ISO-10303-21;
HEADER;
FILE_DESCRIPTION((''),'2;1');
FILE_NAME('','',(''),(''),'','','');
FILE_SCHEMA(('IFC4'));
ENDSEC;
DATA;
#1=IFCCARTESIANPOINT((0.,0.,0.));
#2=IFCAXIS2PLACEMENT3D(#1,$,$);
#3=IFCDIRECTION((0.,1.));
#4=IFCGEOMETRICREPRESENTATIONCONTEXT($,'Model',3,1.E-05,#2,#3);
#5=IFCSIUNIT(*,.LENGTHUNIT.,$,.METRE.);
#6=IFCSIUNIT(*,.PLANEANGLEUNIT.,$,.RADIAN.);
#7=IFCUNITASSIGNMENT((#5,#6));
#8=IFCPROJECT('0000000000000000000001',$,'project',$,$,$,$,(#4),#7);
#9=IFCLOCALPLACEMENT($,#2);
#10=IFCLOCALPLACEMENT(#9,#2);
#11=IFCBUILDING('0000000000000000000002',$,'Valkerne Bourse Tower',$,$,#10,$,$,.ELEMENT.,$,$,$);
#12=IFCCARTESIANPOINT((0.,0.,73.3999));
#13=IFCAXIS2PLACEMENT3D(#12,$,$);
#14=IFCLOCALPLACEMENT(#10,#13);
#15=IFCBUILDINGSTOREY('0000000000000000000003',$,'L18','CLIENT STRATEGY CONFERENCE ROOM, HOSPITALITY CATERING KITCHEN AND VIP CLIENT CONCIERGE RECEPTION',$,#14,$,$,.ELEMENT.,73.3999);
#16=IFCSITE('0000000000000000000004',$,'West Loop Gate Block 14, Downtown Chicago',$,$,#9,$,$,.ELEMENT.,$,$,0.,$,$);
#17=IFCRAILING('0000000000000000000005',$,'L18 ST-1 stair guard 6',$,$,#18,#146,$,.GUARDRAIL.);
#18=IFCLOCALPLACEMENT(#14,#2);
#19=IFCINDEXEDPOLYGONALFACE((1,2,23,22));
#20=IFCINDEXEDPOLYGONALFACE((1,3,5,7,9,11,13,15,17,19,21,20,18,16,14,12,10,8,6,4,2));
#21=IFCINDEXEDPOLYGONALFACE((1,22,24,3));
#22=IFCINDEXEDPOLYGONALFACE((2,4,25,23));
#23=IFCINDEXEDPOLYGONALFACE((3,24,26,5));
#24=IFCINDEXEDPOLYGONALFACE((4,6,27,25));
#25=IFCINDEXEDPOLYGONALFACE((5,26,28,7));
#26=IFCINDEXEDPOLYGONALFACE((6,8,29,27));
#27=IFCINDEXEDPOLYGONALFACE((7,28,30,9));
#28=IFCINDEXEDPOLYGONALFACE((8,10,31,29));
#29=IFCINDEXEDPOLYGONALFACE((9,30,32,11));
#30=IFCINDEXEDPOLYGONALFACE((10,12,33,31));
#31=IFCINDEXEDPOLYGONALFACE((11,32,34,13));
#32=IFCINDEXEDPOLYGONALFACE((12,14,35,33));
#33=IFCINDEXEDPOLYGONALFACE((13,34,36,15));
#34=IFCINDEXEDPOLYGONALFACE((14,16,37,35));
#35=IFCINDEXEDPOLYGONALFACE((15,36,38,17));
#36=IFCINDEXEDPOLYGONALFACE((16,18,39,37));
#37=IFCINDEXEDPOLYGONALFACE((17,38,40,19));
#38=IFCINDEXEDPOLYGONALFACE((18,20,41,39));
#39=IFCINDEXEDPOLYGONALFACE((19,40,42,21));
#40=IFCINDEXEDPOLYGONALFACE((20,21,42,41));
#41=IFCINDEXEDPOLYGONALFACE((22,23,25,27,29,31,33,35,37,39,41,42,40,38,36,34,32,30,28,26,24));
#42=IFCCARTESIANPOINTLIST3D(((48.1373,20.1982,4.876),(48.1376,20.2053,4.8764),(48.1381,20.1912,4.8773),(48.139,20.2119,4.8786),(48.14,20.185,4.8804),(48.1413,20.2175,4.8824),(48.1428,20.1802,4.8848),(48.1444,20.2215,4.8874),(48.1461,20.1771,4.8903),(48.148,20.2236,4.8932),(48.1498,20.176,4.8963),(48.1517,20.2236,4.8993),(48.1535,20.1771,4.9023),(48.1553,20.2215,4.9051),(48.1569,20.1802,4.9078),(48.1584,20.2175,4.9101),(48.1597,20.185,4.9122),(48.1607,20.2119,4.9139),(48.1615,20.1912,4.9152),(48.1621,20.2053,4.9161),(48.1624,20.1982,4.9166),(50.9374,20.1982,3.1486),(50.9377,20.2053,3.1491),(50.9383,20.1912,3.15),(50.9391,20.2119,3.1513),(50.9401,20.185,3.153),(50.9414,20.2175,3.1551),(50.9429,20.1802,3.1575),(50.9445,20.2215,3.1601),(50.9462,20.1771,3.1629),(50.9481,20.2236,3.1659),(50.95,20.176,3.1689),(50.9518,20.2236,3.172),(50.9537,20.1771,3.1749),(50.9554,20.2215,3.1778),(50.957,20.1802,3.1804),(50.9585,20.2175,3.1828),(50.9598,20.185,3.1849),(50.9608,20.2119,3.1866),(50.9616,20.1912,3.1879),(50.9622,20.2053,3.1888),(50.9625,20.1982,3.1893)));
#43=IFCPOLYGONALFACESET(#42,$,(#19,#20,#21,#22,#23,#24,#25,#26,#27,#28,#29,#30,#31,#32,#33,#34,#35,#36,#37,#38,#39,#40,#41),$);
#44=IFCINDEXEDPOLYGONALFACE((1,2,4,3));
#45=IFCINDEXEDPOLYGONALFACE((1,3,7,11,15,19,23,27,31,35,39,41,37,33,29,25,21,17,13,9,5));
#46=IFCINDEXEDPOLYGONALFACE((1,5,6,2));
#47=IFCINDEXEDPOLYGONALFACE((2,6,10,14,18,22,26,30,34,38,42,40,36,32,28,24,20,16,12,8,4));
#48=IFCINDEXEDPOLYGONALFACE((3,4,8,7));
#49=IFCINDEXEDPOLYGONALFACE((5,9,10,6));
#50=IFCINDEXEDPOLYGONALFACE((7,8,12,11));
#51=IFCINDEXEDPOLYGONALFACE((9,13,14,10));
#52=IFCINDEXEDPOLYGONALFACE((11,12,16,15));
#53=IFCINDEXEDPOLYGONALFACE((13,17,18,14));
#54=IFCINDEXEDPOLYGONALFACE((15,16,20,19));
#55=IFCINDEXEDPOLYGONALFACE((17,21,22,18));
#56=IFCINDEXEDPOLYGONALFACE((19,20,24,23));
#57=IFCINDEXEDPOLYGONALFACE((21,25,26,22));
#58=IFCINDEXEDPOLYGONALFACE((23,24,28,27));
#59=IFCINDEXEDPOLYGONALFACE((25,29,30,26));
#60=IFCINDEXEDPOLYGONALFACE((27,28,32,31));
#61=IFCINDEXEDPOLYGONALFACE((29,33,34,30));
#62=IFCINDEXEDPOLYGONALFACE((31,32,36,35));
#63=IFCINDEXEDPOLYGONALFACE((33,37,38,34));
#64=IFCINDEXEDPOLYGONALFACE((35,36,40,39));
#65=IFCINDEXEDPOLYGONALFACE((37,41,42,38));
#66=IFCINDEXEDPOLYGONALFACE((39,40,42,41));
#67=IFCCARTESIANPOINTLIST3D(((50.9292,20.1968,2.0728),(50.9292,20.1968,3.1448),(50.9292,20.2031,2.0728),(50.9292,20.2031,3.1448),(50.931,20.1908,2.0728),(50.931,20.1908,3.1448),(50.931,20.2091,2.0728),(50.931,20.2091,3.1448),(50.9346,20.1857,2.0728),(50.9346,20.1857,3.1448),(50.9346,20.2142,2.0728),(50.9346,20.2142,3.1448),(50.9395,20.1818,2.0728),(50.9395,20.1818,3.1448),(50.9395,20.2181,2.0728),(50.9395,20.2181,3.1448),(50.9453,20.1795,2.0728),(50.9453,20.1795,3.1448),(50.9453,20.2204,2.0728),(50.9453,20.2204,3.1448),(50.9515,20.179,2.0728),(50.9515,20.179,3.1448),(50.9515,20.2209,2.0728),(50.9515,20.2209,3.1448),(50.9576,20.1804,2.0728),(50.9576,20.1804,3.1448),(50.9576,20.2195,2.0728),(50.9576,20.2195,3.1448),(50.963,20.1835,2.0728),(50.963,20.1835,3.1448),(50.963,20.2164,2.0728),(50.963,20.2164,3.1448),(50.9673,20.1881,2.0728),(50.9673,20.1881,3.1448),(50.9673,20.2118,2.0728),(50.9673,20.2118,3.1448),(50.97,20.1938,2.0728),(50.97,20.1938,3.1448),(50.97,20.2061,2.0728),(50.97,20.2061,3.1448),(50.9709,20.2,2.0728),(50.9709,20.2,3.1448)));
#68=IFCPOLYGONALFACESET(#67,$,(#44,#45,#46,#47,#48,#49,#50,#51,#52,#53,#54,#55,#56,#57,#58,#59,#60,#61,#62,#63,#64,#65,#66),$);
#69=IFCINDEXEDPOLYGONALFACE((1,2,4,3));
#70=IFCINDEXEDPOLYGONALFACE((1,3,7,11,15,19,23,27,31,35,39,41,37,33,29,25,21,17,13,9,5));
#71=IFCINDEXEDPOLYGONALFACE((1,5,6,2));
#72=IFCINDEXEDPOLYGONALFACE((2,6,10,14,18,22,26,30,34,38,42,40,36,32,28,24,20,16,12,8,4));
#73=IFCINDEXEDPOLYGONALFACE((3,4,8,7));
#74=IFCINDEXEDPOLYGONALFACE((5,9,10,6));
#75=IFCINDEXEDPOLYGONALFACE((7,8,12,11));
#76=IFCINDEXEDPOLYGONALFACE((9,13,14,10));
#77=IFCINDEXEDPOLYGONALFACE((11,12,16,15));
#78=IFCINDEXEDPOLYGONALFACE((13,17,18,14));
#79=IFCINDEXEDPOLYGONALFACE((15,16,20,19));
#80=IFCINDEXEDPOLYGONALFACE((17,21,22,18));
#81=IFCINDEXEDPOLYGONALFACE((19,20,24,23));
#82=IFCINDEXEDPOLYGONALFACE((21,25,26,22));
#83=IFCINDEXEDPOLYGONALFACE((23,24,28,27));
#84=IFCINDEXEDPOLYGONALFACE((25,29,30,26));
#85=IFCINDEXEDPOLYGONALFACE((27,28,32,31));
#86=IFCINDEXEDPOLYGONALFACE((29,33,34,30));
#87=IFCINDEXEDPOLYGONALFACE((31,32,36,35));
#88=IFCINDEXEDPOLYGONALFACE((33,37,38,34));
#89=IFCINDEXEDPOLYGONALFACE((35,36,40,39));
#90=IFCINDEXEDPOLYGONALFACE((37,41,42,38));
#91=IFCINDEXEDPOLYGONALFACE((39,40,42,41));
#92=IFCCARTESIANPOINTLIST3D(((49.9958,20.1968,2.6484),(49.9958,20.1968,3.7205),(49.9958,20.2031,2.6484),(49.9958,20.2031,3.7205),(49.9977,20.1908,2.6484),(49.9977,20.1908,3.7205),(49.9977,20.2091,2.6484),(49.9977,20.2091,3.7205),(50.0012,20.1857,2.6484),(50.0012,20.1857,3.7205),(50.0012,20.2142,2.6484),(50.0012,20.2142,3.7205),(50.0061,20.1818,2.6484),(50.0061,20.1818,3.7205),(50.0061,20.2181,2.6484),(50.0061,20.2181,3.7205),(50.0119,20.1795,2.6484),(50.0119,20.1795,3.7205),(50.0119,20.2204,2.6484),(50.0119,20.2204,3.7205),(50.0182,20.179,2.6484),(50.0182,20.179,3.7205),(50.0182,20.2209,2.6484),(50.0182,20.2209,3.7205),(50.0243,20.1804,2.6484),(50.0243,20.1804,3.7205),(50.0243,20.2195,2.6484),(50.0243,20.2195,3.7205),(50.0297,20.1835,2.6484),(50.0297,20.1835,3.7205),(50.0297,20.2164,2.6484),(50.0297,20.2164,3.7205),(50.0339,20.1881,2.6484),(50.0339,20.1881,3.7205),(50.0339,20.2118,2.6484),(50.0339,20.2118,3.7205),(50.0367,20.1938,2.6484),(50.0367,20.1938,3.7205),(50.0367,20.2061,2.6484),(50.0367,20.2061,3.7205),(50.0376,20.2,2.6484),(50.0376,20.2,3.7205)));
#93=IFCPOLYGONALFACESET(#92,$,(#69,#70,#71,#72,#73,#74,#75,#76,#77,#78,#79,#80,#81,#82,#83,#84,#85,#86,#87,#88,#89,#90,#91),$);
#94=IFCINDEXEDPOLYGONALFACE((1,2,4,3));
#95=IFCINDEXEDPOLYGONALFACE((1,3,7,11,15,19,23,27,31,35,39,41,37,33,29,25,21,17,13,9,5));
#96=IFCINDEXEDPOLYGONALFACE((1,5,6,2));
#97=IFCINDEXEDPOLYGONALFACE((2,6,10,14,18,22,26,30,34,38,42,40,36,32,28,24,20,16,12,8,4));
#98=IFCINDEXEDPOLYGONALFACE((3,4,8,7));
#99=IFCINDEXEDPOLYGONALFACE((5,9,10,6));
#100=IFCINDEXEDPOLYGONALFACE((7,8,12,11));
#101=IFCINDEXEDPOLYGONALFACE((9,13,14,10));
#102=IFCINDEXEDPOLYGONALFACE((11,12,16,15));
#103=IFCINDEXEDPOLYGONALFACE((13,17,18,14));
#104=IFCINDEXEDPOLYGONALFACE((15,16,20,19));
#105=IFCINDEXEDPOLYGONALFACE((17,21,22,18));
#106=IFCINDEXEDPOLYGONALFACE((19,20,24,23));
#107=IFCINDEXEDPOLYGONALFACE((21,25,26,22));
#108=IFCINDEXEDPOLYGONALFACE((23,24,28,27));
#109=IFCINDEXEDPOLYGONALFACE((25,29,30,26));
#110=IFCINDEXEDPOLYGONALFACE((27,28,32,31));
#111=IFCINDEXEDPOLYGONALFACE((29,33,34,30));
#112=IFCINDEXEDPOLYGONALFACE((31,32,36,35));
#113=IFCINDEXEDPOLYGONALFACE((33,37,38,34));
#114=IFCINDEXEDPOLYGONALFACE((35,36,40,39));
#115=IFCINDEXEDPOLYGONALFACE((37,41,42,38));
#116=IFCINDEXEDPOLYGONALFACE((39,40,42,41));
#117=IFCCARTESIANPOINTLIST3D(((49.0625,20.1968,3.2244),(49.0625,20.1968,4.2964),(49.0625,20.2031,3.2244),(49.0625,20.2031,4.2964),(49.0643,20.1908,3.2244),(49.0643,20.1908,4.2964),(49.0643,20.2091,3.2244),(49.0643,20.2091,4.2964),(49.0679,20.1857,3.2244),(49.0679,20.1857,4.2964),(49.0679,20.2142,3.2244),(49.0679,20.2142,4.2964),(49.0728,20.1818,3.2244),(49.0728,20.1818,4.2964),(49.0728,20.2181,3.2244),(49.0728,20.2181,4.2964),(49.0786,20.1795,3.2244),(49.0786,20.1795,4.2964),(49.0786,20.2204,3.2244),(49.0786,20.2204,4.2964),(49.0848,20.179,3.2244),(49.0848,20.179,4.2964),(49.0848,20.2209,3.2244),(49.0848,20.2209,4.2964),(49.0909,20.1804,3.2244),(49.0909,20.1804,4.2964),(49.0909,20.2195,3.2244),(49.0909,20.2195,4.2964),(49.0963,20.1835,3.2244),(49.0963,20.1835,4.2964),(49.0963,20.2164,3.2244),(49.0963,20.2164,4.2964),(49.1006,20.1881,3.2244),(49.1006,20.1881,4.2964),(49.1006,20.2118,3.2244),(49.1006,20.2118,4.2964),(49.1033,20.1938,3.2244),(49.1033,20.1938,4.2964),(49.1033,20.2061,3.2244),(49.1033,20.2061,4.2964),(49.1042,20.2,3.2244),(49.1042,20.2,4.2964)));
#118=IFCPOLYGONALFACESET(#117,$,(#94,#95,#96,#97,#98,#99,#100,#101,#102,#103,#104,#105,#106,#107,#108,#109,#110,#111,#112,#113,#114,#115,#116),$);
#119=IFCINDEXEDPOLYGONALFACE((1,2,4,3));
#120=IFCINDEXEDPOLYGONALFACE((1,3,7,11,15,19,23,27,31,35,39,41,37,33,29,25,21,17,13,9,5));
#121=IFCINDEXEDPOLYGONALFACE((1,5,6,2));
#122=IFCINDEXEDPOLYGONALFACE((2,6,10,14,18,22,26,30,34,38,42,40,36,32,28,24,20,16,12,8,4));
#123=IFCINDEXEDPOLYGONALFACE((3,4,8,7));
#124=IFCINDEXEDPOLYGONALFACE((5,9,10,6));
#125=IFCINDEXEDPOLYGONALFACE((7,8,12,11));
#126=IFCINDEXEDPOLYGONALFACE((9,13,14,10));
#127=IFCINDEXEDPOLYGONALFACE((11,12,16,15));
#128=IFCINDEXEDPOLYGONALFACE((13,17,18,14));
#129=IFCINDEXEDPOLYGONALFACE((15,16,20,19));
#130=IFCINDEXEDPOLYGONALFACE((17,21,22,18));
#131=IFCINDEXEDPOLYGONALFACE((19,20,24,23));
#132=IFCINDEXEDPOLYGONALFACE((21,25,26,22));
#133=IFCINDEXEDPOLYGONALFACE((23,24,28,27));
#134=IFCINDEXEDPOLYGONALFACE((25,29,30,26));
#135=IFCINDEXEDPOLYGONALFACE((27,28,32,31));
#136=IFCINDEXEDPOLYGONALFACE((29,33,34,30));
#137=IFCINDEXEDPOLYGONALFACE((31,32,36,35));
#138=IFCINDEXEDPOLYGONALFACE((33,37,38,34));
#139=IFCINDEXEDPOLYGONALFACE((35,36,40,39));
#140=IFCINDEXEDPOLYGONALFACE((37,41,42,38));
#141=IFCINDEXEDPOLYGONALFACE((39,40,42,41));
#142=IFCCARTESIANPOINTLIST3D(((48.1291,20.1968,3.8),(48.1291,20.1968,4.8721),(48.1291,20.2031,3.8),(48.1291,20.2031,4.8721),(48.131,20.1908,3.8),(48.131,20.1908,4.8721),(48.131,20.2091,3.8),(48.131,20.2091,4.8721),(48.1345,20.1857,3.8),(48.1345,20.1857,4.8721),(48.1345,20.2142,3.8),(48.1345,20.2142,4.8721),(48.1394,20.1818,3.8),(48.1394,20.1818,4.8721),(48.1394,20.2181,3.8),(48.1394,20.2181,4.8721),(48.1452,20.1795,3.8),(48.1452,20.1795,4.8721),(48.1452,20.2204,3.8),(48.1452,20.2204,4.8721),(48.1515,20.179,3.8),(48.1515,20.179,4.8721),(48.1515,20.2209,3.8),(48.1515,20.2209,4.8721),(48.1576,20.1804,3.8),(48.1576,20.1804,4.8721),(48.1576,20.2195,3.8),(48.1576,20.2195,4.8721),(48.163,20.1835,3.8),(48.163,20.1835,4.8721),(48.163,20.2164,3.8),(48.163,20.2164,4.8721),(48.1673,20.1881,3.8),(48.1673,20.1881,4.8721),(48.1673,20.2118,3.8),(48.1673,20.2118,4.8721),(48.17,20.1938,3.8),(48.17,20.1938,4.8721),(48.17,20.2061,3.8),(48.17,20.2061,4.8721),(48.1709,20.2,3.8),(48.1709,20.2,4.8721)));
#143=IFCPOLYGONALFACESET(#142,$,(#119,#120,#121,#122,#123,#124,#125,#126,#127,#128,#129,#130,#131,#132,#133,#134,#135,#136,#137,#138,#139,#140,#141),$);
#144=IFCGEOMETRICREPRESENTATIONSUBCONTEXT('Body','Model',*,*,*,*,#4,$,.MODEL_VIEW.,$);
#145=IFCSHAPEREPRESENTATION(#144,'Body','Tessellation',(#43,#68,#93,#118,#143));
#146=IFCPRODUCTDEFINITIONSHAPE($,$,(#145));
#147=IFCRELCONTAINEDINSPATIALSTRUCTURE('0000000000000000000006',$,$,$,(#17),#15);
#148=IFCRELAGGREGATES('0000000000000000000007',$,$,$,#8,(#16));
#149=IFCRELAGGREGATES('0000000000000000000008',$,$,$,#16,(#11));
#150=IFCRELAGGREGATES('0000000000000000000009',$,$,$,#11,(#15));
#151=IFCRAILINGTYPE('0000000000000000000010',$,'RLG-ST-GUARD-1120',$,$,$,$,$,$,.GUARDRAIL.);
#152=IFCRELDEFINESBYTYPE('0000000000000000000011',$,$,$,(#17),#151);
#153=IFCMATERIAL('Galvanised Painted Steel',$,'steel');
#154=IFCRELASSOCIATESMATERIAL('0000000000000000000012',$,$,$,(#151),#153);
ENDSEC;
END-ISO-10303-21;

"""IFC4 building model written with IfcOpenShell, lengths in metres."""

from ifc_helpers import new_model, si_unit, direction, frame, origin, origin_2d, place, context, subcontext, project, spatial, circle, extrude, material, type_object, element, save


model = new_model("IFC4")

# Units and contexts
model_context = context("Model", 3, precision=1e-05, world=origin(), true_north=direction((0.0, 1.0)))
body_context = subcontext(model_context, "Body", "Model", "MODEL_VIEW")
ifc_project = project(units=[si_unit("LENGTHUNIT", "METRE"), si_unit("PLANEANGLEUNIT", "RADIAN")], contexts=[model_context])

# Site, building, storey
site_placement = place(None, origin())
site = spatial("IfcSite", under=ifc_project, at=site_placement, Name="West Loop Gate Block 14, Downtown Chicago", CompositionType="ELEMENT", RefElevation=0.0)
building_placement = place(site_placement, origin())
building = spatial("IfcBuilding", under=site, at=building_placement, Name="Valkerne Bourse Tower", CompositionType="ELEMENT")
storey_placement = place(building_placement, frame((0.0, 0.0, 73.3999)))
storey = spatial("IfcBuildingStorey", under=building, at=storey_placement, Name="L18", Description="CLIENT STRATEGY CONFERENCE ROOM, HOSPITALITY CATERING KITCHEN AND VIP CLIENT CONCIERGE RECEPTION", CompositionType="ELEMENT", Elevation=73.3999)

# Shared definitions
ifc_material_1 = material(Name="Galvanised Painted Steel", Category="steel")

# Railing
railing_type_1 = type_object("IfcRailingType", Name="RLG-ST-GUARD-1120", PredefinedType="GUARDRAIL", material=ifc_material_1)
railing_1_placement = place(storey_placement, frame((50.95, 20.2, 2.0728)))
element("IfcRailing", 1, at=railing_1_placement, inside=storey, type_object=railing_type_1, Name="L18 ST-1 stair guard 6", PredefinedType="GUARDRAIL", context=body_context, shape_type="SweptSolid", body=[
    extrude(circle(Radius=0.0239, at=origin_2d()), frame((0.0, 0.0, 1.0962), z_axis=(-0.85109, 0.0, 0.52502), x_axis=(0.0, -1.0, 0.0)), (0.0, 0.0, 1.0), 3.29),
    extrude(circle(Radius=0.021, at=origin_2d()), origin(), (0.0, 0.0, 1.0), 1.072),
    extrude(circle(Radius=0.021, at=origin_2d()), frame((-0.9333, 0.0, 0.5757)), (0.0, 0.0, 1.0), 1.072),
    extrude(circle(Radius=0.021, at=origin_2d()), frame((-1.8667, 0.0, 1.1516)), (0.0, 0.0, 1.0), 1.072),
    extrude(circle(Radius=0.021, at=origin_2d()), frame((-2.8, 0.0, 1.7273)), (0.0, 0.0, 1.0), 1.072),
])

save(model, "model.ifc")
